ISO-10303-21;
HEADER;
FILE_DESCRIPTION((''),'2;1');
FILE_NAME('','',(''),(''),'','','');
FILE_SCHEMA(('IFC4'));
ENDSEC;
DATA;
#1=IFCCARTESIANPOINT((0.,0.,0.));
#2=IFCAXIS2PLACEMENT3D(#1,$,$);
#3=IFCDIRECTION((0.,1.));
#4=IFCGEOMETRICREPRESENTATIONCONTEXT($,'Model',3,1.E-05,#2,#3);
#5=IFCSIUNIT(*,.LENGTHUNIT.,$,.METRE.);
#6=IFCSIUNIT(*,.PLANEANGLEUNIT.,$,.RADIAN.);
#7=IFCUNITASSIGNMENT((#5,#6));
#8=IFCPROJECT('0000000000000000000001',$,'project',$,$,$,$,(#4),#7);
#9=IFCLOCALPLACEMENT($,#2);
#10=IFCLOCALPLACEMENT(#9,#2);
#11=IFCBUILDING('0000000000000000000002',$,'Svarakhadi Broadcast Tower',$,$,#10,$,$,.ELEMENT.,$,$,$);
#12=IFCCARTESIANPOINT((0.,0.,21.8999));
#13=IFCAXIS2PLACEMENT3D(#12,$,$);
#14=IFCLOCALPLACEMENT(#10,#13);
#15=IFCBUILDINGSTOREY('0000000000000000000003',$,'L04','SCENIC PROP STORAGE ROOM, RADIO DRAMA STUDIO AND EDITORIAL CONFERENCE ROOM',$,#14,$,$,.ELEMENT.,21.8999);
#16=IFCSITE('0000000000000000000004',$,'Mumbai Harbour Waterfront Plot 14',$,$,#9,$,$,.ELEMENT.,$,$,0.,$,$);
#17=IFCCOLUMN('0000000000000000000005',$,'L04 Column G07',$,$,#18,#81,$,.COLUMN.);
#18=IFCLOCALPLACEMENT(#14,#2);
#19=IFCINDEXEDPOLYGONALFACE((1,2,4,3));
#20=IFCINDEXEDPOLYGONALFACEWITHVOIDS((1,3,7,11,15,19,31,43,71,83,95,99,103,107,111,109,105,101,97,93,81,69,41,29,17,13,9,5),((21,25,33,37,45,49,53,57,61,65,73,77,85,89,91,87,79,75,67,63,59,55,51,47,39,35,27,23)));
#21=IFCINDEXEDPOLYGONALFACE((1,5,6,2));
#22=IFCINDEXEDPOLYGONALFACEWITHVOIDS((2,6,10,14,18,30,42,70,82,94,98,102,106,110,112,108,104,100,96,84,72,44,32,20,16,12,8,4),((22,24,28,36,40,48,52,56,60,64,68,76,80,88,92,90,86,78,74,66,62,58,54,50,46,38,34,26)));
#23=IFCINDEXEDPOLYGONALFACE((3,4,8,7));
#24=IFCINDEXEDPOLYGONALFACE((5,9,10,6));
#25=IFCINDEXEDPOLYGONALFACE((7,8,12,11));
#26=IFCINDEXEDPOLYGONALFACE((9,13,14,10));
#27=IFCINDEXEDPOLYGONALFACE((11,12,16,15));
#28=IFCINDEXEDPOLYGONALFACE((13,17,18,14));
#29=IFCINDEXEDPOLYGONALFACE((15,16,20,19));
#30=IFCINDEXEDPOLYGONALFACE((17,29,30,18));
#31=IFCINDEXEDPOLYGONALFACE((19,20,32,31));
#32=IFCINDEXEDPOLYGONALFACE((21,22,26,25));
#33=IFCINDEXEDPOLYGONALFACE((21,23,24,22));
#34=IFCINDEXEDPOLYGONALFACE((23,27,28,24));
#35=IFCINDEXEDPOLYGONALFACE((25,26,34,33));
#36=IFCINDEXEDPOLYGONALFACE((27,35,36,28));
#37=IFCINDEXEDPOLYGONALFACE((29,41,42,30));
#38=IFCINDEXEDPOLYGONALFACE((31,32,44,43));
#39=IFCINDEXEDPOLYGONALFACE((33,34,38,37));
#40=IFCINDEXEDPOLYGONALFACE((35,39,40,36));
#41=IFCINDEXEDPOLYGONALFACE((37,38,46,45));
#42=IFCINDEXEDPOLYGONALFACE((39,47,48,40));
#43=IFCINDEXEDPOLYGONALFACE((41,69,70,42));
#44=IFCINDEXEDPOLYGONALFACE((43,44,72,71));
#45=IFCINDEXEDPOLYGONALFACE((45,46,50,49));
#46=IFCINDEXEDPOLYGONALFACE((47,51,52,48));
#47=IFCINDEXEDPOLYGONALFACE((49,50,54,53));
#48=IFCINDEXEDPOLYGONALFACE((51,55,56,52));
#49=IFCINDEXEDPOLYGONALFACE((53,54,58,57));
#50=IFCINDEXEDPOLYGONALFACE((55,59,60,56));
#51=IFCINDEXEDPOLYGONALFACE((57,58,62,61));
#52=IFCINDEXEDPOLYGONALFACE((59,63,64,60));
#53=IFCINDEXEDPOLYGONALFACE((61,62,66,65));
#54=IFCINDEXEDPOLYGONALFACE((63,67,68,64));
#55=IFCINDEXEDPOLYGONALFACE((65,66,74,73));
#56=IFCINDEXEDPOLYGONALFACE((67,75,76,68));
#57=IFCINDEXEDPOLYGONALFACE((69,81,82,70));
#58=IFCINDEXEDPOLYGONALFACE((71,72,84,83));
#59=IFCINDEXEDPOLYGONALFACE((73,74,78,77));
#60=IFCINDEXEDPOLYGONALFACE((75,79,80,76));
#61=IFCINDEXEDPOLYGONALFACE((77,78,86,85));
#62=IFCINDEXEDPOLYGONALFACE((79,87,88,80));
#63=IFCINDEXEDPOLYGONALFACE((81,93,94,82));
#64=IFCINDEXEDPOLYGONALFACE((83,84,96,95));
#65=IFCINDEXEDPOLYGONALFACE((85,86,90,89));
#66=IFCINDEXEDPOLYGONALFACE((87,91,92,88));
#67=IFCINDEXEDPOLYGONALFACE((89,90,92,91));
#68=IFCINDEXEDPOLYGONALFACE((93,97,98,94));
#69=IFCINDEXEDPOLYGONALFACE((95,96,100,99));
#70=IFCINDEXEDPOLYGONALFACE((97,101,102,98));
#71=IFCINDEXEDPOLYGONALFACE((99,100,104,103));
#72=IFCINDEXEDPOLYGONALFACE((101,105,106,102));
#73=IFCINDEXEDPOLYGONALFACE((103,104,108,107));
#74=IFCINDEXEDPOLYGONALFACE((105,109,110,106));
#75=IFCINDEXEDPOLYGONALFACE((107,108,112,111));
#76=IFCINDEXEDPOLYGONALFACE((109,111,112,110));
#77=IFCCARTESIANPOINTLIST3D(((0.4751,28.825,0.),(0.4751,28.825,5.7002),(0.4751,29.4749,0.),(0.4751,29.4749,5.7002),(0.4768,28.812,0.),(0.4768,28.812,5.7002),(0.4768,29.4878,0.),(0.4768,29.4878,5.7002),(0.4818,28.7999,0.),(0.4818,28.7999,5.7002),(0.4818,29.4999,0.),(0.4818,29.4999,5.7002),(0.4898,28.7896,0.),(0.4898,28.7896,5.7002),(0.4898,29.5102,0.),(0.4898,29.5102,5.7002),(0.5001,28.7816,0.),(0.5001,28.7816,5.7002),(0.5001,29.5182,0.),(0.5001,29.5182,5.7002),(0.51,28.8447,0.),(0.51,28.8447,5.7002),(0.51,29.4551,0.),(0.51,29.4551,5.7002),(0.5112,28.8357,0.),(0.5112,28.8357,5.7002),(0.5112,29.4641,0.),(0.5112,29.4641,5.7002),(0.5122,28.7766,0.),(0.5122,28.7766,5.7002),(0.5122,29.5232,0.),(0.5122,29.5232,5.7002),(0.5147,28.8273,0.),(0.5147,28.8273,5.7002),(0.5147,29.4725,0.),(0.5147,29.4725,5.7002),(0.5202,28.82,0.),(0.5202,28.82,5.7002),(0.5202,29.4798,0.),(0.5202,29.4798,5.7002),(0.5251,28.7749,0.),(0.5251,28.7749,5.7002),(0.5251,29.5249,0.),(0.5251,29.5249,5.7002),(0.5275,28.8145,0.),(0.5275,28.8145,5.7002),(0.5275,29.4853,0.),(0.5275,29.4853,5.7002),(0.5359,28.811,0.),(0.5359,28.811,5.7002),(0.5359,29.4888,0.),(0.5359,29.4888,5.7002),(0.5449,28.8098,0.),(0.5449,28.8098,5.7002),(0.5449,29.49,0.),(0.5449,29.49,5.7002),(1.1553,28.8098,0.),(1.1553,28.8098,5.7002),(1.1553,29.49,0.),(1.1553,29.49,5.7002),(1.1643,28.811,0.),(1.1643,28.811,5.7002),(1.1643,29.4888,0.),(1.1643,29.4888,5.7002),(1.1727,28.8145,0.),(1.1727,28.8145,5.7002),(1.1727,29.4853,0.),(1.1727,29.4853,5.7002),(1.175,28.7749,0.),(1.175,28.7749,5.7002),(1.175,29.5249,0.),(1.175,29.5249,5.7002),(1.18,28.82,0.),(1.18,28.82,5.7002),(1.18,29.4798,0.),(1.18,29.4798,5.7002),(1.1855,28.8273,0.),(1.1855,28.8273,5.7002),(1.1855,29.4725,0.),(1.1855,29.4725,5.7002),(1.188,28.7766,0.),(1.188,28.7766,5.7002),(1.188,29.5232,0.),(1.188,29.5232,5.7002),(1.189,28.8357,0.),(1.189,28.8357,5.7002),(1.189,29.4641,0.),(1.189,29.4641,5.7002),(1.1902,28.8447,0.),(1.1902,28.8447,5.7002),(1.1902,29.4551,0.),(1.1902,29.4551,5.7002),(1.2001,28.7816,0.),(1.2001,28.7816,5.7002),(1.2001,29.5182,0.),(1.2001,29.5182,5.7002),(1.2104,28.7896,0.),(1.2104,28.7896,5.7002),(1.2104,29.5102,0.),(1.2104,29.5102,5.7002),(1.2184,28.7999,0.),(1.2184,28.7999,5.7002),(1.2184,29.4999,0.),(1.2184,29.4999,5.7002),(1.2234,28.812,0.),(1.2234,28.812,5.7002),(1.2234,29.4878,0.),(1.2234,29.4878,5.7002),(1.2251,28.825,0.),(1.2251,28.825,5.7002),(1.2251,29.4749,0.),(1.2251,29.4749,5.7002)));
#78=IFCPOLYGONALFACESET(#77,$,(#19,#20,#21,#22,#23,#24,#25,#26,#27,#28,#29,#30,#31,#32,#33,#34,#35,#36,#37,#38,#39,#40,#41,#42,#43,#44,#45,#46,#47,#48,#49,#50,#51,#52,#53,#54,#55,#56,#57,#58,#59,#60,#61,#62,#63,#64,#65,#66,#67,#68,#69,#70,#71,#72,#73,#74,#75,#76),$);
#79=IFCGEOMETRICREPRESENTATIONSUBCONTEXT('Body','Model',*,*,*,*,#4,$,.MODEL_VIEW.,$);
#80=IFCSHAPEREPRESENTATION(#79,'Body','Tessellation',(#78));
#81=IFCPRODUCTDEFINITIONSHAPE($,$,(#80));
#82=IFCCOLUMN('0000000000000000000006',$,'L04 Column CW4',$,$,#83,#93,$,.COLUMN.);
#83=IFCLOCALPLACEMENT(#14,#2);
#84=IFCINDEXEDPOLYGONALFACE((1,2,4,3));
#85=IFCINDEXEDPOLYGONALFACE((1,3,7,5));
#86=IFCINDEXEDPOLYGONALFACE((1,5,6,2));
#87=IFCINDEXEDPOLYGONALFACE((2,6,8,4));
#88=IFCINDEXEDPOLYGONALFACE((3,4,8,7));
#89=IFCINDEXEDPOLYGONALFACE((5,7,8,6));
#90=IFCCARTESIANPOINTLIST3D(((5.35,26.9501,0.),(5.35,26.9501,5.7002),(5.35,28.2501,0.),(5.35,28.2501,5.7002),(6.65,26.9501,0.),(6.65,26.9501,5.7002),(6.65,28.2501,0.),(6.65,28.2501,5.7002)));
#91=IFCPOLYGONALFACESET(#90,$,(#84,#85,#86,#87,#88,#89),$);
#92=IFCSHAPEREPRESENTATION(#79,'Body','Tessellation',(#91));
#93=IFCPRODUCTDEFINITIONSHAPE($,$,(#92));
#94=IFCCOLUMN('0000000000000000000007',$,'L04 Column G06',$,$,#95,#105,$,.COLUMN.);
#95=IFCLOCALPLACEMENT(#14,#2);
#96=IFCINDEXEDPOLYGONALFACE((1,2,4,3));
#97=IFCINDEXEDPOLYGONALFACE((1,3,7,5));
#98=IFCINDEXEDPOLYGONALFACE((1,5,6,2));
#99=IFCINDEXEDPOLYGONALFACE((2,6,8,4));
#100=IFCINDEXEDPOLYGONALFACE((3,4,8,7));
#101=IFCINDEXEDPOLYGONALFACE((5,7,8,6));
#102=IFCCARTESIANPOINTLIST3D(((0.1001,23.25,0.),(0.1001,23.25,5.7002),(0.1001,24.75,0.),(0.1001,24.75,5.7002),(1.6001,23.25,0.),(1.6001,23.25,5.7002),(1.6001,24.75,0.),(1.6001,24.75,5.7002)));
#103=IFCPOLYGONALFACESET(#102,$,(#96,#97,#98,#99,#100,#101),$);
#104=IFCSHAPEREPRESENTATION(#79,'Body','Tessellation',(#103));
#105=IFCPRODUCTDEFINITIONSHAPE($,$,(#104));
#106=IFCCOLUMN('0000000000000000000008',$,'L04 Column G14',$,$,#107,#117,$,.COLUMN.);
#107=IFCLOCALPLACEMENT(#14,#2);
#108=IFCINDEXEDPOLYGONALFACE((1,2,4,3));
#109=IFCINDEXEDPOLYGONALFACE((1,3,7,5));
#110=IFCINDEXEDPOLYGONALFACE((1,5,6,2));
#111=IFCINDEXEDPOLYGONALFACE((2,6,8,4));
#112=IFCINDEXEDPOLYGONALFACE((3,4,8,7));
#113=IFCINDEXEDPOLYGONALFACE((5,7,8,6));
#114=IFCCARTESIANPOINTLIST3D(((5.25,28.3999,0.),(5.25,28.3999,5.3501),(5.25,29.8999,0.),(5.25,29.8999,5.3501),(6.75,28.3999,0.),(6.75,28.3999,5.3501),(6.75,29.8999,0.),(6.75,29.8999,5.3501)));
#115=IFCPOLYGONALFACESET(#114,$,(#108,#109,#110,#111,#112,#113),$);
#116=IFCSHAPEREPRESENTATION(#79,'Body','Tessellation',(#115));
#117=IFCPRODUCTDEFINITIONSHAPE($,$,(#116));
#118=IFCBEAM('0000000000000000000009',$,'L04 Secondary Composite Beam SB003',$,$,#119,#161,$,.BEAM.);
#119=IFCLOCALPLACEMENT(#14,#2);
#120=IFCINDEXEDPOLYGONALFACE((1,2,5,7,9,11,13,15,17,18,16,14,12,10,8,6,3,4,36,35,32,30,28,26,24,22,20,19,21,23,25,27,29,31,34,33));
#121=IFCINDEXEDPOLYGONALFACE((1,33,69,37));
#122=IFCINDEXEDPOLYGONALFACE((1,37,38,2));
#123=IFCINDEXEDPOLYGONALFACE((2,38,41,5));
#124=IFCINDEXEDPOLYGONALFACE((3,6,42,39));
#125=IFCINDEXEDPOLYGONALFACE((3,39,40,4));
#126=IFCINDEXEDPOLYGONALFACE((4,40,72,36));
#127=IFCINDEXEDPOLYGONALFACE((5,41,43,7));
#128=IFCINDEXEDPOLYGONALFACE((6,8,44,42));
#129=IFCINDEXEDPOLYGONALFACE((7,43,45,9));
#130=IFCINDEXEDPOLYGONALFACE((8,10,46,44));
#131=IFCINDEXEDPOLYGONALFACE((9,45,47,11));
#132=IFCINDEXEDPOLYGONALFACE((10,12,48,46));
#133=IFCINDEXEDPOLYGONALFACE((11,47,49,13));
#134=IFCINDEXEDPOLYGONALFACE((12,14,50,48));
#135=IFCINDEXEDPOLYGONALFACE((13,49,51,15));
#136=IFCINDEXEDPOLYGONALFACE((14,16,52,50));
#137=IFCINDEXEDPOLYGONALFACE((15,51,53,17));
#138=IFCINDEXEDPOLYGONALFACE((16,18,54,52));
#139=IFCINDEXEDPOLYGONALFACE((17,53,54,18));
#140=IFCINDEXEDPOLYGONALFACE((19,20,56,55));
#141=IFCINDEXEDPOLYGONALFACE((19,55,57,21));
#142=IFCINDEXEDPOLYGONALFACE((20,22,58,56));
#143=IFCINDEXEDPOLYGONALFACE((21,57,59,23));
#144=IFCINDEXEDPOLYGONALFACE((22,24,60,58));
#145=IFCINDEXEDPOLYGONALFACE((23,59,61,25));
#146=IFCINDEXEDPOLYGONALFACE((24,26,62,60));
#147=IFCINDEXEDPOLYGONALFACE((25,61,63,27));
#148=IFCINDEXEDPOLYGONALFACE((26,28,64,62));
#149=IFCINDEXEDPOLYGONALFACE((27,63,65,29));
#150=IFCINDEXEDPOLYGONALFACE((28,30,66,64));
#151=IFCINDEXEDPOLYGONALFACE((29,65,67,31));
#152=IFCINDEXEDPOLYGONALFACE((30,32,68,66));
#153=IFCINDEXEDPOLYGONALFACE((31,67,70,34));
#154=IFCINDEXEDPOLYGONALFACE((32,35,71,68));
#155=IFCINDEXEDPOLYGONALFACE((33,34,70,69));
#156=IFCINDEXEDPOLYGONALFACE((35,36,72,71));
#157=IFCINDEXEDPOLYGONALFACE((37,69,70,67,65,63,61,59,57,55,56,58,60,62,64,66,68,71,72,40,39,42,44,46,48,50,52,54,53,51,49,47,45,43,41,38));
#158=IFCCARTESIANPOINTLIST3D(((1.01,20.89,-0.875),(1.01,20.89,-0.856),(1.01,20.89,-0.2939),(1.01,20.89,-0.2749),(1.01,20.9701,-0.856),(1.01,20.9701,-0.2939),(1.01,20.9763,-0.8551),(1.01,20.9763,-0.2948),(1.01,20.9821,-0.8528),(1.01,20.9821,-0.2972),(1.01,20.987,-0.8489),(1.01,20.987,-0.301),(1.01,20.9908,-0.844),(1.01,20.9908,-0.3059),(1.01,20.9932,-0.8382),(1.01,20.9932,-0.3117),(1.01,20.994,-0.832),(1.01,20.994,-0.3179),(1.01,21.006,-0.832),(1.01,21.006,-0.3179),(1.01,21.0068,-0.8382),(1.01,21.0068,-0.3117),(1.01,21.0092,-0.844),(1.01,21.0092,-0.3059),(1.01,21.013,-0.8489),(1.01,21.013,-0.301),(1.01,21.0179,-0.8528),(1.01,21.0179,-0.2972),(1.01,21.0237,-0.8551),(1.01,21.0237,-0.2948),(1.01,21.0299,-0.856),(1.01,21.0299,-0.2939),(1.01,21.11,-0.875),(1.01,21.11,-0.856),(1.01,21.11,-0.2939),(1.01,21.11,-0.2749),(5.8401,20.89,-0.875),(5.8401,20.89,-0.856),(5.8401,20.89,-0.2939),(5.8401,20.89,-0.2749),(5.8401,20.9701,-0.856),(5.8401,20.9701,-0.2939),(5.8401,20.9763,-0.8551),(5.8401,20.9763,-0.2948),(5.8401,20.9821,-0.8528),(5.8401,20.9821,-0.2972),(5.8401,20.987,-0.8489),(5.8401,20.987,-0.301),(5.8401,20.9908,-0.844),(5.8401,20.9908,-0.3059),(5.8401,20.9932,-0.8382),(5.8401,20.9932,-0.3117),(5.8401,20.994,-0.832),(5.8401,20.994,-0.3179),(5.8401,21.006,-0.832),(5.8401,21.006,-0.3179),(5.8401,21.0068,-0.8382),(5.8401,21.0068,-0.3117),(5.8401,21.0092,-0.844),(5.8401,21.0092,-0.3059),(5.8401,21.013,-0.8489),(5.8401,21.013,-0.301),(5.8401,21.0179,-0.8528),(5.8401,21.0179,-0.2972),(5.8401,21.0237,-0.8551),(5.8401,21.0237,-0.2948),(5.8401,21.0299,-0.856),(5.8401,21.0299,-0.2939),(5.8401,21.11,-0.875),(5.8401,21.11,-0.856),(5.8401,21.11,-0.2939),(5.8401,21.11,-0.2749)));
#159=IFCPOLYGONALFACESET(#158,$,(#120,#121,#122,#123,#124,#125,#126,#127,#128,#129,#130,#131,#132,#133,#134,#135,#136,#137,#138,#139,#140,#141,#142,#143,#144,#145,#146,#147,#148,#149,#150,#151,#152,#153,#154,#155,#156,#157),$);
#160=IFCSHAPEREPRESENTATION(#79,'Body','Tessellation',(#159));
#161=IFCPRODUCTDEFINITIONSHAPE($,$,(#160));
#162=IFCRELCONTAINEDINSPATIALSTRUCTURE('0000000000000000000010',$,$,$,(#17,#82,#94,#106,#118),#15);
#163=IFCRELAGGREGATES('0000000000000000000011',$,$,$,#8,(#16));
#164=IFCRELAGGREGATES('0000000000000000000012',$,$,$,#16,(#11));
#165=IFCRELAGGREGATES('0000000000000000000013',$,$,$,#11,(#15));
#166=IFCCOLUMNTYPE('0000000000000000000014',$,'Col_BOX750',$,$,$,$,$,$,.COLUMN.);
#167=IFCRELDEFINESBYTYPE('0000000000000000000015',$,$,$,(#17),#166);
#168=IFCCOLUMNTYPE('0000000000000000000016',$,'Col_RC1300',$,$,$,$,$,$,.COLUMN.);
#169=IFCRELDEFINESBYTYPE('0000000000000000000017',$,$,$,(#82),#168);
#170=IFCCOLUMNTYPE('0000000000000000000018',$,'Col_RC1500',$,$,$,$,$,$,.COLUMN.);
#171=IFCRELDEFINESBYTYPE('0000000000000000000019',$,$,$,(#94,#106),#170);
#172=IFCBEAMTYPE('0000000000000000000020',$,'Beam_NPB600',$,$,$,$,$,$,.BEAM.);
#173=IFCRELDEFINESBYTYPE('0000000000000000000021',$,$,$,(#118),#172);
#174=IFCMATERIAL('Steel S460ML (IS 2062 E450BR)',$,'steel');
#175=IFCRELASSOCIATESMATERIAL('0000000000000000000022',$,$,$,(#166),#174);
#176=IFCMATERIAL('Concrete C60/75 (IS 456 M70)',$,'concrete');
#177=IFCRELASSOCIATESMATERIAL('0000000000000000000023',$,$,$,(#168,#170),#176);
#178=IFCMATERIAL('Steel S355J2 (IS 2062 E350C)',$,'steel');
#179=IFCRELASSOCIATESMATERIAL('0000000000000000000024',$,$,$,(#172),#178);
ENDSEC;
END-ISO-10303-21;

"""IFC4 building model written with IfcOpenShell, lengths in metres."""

from ifc_helpers import new_model, si_unit, direction, frame, origin, origin_2d, place, context, subcontext, project, spatial, rectangle, hollow_rectangle, i_section, extrude, material, material_profile, profile_set, type_object, element, save


model = new_model("IFC4")

# Units and contexts
model_context = context("Model", 3, precision=1e-05, world=origin(), true_north=direction((0.0, 1.0)))
body_context = subcontext(model_context, "Body", "Model", "MODEL_VIEW")
ifc_project = project(units=[si_unit("LENGTHUNIT", "METRE"), si_unit("PLANEANGLEUNIT", "RADIAN")], contexts=[model_context])

# Site, building, storey
site_placement = place(None, origin())
site = spatial("IfcSite", under=ifc_project, at=site_placement, Name="Mumbai Harbour Waterfront Plot 14", CompositionType="ELEMENT", RefElevation=0.0)
building_placement = place(site_placement, origin())
building = spatial("IfcBuilding", under=site, at=building_placement, Name="Svarakhadi Broadcast Tower", CompositionType="ELEMENT")
storey_placement = place(building_placement, frame((0.0, 0.0, 21.8999)))
storey = spatial("IfcBuildingStorey", under=building, at=storey_placement, Name="L04", Description="SCENIC PROP STORAGE ROOM, RADIO DRAMA STUDIO AND EDITORIAL CONFERENCE ROOM", CompositionType="ELEMENT", Elevation=21.8999)

# Columns
ifc_material_1 = material(Name="Steel S460ML (IS 2062 E450BR)", Category="steel")
ifc_material_profile_1 = material_profile(ifc_material_1, hollow_rectangle(XDim=0.75, YDim=0.75, WallThickness=0.0349, InnerFilletRadius=0.0349, OuterFilletRadius=0.05, at=origin_2d()), Name="BOX 750x750x35")
ifc_profile_set_1 = profile_set([ifc_material_profile_1], Name="Steel S460ML (IS 2062 E450BR)")
column_type_1 = type_object("IfcColumnType", Name="Col_BOX750", PredefinedType="COLUMN", material=ifc_profile_set_1)
column_1_placement = place(storey_placement, frame((0.8501, 29.1499, 0.0), z_axis=(0.0, 0.0, 1.0), x_axis=(1.0, 0.0, 0.0)))
element("IfcColumn", 1, at=column_1_placement, inside=storey, type_object=column_type_1, Name="L04 Column G07", PredefinedType="COLUMN", context=body_context, shape_type="SweptSolid", body=[
    extrude(hollow_rectangle(XDim=0.75, YDim=0.75, WallThickness=0.0349, InnerFilletRadius=0.0349, OuterFilletRadius=0.05, at=origin_2d()), origin(), (0.0, 0.0, 1.0), 5.7002),
])
ifc_material_2 = material(Name="Concrete C60/75 (IS 456 M70)", Category="concrete")
ifc_material_profile_2 = material_profile(ifc_material_2, rectangle(XDim=1.3, YDim=1.3, at=origin_2d()), Name="RC 1300x1300")
ifc_profile_set_2 = profile_set([ifc_material_profile_2], Name="Concrete C60/75 (IS 456 M70)")
column_type_2 = type_object("IfcColumnType", Name="Col_RC1300", PredefinedType="COLUMN", material=ifc_profile_set_2)
column_2_placement = place(storey_placement, frame((6.0, 27.6001, 0.0), z_axis=(0.0, 0.0, 1.0), x_axis=(1.0, 0.0, 0.0)))
element("IfcColumn", 2, at=column_2_placement, inside=storey, type_object=column_type_2, Name="L04 Column CW4", PredefinedType="COLUMN", context=body_context, shape_type="SweptSolid", body=[
    extrude(rectangle(XDim=1.3, YDim=1.3, at=origin_2d()), origin(), (0.0, 0.0, 1.0), 5.7002),
])
ifc_material_profile_3 = material_profile(ifc_material_2, rectangle(XDim=1.5, YDim=1.5, at=origin_2d()), Name="RC 1500x1500")
ifc_profile_set_3 = profile_set([ifc_material_profile_3], Name="Concrete C60/75 (IS 456 M70)")
column_type_3 = type_object("IfcColumnType", Name="Col_RC1500", PredefinedType="COLUMN", material=ifc_profile_set_3)
column_3_placement = place(storey_placement, frame((0.8501, 24.0, 0.0), z_axis=(0.0, 0.0, 1.0), x_axis=(1.0, 0.0, 0.0)))
element("IfcColumn", 3, at=column_3_placement, inside=storey, type_object=column_type_3, Name="L04 Column G06", PredefinedType="COLUMN", context=body_context, shape_type="SweptSolid", body=[
    extrude(rectangle(XDim=1.5, YDim=1.5, at=origin_2d()), origin(), (0.0, 0.0, 1.0), 5.7002),
])
column_4_placement = place(storey_placement, frame((6.0, 29.1499, 0.0), z_axis=(0.0, 0.0, 1.0), x_axis=(1.0, 0.0, 0.0)))
element("IfcColumn", 4, at=column_4_placement, inside=storey, type_object=column_type_3, Name="L04 Column G14", PredefinedType="COLUMN", context=body_context, shape_type="SweptSolid", body=[
    extrude(rectangle(XDim=1.5, YDim=1.5, at=origin_2d()), origin(), (0.0, 0.0, 1.0), 5.3501),
])

# Beam
ifc_material_3 = material(Name="Steel S355J2 (IS 2062 E350C)", Category="steel")
ifc_material_profile_4 = material_profile(ifc_material_3, i_section(OverallWidth=0.22, OverallDepth=0.6001, WebThickness=0.012, FlangeThickness=0.019, FilletRadius=0.0239, at=origin_2d()), Name="NPB 600x220x122")
ifc_profile_set_4 = profile_set([ifc_material_profile_4], Name="Steel S355J2 (IS 2062 E350C)")
beam_type_1 = type_object("IfcBeamType", Name="Beam_NPB600", PredefinedType="BEAM", material=ifc_profile_set_4)
for number, where, z_axis, x_axis, name in (
    (5, (1.01, 21.0, -0.575), (1.0, 0.0, 0.0), (0.0, 1.0, 0.0), "L04 Secondary Composite Beam SB003"),
):
    element("IfcBeam", number, at=place(storey_placement, frame(where, z_axis=z_axis, x_axis=x_axis)), inside=storey, type_object=beam_type_1, Name=name, PredefinedType="BEAM", context=body_context, shape_type="SweptSolid", body=[
        extrude(i_section(OverallWidth=0.22, OverallDepth=0.6001, WebThickness=0.012, FlangeThickness=0.019, FilletRadius=0.0239, at=origin_2d()), origin(), (0.0, 0.0, 1.0), 4.8301),
    ])

save(model, "model.ifc")
